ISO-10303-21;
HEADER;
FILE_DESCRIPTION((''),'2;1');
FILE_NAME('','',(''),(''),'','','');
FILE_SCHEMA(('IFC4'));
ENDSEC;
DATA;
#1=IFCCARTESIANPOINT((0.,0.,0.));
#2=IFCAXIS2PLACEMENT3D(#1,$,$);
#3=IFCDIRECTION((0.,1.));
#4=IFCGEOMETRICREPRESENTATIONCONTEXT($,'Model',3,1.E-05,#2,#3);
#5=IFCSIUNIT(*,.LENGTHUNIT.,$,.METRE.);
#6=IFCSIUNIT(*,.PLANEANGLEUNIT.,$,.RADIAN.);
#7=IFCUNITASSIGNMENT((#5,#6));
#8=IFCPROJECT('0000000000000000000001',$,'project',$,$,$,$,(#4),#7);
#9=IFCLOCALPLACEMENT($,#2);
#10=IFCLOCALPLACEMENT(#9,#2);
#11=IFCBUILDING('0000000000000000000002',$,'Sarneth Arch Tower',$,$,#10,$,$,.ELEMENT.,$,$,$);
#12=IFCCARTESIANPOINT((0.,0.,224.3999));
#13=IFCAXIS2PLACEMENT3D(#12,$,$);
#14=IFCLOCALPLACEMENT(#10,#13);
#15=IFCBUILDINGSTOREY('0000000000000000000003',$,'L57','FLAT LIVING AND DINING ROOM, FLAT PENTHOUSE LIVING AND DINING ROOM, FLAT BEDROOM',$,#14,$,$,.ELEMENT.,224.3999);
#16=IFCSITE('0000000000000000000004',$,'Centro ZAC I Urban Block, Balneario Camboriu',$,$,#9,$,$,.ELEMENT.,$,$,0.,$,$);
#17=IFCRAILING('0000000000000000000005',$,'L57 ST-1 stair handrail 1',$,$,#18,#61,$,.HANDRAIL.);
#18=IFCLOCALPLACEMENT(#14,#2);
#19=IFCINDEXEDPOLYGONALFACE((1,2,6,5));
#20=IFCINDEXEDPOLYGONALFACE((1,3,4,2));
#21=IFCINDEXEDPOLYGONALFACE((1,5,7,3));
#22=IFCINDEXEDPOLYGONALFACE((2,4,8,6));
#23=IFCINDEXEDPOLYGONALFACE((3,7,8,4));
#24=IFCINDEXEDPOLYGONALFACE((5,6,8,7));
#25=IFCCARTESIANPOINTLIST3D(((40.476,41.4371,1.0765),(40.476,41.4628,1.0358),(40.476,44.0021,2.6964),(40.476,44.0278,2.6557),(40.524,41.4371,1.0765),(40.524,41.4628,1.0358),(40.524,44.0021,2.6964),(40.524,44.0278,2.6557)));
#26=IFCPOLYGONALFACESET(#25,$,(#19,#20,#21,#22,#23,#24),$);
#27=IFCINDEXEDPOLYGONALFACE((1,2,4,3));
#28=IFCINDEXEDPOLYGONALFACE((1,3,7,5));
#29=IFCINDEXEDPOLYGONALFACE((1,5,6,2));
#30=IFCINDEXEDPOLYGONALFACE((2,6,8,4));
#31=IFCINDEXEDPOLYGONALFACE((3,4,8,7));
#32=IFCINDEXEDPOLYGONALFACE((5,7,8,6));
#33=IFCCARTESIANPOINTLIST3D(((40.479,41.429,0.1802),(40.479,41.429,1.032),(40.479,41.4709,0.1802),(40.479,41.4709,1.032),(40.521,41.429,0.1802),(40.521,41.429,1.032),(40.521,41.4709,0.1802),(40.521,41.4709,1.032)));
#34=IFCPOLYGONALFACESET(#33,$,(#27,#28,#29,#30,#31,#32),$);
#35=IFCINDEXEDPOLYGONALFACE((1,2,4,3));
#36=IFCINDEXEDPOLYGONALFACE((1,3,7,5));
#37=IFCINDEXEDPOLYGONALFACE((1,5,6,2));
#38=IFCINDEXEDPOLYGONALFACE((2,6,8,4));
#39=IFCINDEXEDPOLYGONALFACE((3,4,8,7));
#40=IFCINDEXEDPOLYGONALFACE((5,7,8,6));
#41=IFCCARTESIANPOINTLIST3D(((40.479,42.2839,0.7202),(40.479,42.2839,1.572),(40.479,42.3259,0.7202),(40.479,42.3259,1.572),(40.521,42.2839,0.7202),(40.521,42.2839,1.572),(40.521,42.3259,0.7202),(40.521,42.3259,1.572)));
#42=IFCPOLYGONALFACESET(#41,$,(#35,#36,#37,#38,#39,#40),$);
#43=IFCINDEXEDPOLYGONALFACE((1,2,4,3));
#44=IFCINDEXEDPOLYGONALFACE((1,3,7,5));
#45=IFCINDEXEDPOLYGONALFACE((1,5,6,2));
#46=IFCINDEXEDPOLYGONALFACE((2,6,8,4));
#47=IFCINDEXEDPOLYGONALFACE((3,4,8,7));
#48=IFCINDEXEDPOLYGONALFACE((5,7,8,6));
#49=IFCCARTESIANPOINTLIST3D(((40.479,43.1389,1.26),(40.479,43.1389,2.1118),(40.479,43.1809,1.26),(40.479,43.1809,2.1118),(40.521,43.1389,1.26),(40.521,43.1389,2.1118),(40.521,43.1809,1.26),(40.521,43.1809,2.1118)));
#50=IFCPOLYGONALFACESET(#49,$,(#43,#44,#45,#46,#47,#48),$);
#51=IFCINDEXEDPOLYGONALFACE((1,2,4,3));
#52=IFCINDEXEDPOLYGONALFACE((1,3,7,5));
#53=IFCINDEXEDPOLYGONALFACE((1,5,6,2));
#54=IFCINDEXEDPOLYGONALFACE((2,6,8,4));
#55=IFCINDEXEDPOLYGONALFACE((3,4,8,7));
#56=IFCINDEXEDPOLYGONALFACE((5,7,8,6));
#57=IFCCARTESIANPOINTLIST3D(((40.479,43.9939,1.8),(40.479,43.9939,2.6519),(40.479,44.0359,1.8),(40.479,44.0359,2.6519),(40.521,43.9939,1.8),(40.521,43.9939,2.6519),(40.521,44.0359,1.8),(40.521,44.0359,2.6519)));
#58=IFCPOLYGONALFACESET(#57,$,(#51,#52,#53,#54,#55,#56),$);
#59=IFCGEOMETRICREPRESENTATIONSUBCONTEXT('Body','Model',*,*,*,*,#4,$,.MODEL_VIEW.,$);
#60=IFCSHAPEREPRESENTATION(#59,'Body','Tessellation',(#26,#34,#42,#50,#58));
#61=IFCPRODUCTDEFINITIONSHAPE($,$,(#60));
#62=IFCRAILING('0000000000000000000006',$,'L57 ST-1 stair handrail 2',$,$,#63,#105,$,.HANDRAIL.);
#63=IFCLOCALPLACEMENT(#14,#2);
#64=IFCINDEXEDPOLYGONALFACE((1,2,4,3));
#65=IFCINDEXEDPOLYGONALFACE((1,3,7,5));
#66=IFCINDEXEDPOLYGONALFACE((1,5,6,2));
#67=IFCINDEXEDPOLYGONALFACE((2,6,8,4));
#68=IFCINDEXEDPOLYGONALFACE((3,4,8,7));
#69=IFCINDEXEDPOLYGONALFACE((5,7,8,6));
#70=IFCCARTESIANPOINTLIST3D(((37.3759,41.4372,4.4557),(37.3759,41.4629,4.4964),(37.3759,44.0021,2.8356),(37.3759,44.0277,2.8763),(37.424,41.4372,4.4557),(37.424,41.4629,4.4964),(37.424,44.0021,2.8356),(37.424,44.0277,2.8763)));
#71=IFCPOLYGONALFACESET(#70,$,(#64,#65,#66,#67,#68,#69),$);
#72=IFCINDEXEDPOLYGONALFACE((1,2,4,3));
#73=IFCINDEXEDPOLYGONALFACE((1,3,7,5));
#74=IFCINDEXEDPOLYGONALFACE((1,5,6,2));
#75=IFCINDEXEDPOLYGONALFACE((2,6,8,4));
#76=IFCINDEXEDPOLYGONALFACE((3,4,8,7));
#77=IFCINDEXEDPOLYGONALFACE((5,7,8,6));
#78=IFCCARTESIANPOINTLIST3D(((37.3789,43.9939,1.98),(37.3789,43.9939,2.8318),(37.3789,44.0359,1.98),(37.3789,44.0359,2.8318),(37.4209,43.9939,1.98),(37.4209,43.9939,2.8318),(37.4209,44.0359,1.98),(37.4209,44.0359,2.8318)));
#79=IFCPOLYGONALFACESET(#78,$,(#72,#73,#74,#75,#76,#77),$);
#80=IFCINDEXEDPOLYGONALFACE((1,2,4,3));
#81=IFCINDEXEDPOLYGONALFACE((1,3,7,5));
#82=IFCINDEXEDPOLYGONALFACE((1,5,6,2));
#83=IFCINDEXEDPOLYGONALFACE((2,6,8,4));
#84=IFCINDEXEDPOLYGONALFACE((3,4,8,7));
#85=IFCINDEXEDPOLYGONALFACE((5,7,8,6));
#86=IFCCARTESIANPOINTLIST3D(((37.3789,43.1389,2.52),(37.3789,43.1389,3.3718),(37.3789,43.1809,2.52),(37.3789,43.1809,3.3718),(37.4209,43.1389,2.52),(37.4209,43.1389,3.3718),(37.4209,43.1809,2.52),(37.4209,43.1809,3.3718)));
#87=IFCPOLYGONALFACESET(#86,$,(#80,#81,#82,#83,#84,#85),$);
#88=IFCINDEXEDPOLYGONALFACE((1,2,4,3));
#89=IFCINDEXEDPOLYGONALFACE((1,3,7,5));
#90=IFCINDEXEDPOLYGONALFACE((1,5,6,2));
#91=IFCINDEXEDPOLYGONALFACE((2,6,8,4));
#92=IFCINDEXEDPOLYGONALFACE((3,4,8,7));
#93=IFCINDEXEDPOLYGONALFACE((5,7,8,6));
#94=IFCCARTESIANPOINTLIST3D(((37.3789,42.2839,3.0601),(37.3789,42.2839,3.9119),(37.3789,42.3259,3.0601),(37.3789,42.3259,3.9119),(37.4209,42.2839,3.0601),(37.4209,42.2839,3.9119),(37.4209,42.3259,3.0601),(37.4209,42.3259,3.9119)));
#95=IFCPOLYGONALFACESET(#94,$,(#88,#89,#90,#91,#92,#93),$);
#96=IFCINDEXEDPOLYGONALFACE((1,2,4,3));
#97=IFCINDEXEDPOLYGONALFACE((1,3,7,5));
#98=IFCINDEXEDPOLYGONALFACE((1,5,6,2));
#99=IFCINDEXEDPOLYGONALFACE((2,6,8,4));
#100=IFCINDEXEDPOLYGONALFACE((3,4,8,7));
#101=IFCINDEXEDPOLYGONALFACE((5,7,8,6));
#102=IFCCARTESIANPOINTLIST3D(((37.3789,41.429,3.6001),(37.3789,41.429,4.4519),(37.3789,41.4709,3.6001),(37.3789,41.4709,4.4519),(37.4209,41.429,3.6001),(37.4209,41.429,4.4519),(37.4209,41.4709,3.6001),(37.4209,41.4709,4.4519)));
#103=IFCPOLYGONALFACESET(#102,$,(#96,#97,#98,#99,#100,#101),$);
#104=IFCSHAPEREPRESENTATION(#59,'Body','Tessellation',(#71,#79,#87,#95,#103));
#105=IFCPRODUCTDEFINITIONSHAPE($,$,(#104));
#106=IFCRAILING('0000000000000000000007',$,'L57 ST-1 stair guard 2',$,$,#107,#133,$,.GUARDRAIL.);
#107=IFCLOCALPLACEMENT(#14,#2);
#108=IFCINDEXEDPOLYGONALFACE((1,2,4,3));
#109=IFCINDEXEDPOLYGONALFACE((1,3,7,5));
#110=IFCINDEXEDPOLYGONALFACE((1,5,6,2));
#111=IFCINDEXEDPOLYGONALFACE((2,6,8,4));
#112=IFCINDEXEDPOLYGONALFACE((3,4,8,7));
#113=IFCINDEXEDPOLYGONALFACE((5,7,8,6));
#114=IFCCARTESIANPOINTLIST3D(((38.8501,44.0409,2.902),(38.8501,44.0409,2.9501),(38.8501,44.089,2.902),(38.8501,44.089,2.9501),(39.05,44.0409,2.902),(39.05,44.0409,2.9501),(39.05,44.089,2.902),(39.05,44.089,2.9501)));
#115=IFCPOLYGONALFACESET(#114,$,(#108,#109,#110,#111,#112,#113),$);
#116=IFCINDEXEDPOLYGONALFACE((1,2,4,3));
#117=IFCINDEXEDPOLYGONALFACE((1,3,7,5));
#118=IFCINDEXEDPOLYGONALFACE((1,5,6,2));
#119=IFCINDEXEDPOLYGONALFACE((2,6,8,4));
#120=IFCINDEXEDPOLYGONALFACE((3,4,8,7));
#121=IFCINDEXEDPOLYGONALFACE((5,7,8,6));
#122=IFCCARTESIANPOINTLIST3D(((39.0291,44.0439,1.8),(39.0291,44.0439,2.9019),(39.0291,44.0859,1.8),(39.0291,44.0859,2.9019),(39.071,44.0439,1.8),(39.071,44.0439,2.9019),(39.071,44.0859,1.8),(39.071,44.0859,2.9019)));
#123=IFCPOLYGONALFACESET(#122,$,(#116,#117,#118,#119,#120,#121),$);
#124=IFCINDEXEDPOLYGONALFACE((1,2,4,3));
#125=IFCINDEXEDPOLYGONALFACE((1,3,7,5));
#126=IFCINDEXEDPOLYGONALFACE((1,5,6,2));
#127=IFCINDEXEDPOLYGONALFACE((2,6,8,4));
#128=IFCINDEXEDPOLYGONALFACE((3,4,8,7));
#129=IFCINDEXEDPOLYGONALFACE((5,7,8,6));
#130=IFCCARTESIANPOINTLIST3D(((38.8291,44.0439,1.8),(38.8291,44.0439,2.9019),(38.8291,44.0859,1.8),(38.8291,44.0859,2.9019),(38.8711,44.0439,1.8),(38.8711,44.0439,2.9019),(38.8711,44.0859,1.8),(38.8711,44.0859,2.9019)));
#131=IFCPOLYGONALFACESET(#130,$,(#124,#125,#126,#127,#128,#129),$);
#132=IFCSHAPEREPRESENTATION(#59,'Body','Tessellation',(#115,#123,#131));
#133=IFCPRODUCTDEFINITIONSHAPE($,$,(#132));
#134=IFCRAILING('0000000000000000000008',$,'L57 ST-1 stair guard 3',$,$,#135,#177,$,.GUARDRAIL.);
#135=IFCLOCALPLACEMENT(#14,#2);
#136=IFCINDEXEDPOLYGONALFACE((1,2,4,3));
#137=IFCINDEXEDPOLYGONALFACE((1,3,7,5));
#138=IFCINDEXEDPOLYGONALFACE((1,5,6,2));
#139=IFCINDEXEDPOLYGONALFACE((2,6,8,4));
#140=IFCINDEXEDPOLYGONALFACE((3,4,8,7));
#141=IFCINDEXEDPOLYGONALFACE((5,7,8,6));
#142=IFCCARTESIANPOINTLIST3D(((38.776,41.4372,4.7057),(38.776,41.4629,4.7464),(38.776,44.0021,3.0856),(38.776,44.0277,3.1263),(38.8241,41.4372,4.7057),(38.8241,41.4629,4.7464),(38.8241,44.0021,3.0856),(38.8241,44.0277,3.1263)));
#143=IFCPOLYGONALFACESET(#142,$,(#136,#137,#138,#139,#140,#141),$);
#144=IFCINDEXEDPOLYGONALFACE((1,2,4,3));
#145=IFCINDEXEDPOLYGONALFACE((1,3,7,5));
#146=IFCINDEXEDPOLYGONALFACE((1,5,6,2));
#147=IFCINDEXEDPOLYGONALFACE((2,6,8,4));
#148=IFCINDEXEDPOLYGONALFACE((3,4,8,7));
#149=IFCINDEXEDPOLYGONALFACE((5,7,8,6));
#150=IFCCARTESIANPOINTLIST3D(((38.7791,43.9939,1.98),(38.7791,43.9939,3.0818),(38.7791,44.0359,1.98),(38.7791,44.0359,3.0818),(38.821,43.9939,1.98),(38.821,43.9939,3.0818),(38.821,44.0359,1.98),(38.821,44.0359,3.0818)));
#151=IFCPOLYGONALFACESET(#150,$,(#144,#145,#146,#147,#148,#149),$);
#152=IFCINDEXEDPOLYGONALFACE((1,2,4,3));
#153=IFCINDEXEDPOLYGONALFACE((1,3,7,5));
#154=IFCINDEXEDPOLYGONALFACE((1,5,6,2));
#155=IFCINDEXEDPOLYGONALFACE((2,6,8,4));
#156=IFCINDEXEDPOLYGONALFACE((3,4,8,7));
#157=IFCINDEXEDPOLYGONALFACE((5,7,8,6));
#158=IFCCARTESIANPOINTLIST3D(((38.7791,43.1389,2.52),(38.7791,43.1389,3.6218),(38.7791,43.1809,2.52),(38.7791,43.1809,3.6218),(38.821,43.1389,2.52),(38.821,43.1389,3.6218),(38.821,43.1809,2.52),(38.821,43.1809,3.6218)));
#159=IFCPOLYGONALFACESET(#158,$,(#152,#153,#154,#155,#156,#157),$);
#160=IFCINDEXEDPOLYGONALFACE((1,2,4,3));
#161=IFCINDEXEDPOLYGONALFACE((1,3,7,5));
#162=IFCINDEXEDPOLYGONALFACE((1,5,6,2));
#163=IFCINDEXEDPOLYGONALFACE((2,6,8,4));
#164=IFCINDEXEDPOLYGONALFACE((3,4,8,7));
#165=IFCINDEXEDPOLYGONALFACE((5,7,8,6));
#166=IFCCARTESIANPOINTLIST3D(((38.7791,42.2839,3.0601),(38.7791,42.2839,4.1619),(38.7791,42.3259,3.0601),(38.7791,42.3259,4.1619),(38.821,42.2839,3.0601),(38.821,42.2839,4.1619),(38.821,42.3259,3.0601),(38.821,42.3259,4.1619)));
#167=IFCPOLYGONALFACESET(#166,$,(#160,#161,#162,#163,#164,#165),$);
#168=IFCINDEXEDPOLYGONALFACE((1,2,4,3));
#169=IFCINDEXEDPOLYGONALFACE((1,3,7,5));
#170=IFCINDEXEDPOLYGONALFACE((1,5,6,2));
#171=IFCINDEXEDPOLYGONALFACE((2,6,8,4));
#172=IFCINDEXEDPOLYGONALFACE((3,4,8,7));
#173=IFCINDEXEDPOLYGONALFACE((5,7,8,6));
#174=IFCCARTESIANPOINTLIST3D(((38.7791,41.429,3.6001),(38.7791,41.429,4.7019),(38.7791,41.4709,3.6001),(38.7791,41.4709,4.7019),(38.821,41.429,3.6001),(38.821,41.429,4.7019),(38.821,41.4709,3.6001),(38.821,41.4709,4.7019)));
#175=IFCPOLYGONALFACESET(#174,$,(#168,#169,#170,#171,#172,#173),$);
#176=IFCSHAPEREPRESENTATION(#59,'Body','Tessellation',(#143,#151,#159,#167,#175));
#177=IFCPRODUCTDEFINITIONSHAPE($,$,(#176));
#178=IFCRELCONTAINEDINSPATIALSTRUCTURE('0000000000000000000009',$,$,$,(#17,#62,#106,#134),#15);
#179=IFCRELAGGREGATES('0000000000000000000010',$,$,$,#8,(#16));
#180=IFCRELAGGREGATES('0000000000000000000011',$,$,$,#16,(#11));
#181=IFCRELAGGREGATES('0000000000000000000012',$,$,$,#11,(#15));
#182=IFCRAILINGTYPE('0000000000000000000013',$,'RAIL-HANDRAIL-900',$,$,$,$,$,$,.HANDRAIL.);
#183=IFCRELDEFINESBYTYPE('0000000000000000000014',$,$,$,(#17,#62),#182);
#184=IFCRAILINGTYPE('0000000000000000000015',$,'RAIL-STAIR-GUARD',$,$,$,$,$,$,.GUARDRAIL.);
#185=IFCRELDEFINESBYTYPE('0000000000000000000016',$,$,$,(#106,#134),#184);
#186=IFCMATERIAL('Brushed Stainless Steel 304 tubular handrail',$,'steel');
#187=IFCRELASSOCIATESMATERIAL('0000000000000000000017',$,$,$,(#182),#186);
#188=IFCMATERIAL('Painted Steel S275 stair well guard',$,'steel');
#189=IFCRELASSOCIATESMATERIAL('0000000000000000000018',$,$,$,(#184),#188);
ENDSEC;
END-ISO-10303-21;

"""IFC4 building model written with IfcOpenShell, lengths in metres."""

from ifc_helpers import new_model, si_unit, direction, frame, origin, origin_2d, place, context, subcontext, project, spatial, rectangle, extrude, material, type_object, element, save


model = new_model("IFC4")

# Units and contexts
model_context = context("Model", 3, precision=1e-05, world=origin(), true_north=direction((0.0, 1.0)))
body_context = subcontext(model_context, "Body", "Model", "MODEL_VIEW")
ifc_project = project(units=[si_unit("LENGTHUNIT", "METRE"), si_unit("PLANEANGLEUNIT", "RADIAN")], contexts=[model_context])

# Site, building, storey
site_placement = place(None, origin())
site = spatial("IfcSite", under=ifc_project, at=site_placement, Name="Centro ZAC I Urban Block, Balneario Camboriu", CompositionType="ELEMENT", RefElevation=0.0)
building_placement = place(site_placement, origin())
building = spatial("IfcBuilding", under=site, at=building_placement, Name="Sarneth Arch Tower", CompositionType="ELEMENT")
storey_placement = place(building_placement, frame((0.0, 0.0, 224.3999)))
storey = spatial("IfcBuildingStorey", under=building, at=storey_placement, Name="L57", Description="FLAT LIVING AND DINING ROOM, FLAT PENTHOUSE LIVING AND DINING ROOM, FLAT BEDROOM", CompositionType="ELEMENT", Elevation=224.3999)

# Railings
ifc_material_1 = material(Name="Brushed Stainless Steel 304 tubular handrail", Category="steel")
railing_type_1 = type_object("IfcRailingType", Name="RAIL-HANDRAIL-900", PredefinedType="HANDRAIL", material=ifc_material_1)
railing_1_placement = place(storey_placement, frame((40.5, 41.45, 0.1802)))
element("IfcRailing", 1, at=railing_1_placement, inside=storey, type_object=railing_type_1, Name="L57 ST-1 stair handrail 1", PredefinedType="HANDRAIL", context=body_context, shape_type="SweptSolid", body=[
    extrude(rectangle(XDim=0.0481, YDim=0.0481, at=origin_2d()), frame((0.0, 0.0, 0.876), z_axis=(0.0, 0.845502, 0.533972), x_axis=(-1.0, 0.0, 0.0)), (0.0, 0.0, 1.0), 3.0337),
    extrude(rectangle(XDim=0.042, YDim=0.042, at=origin_2d()), origin(), (0.0, 0.0, 1.0), 0.8518),
    extrude(rectangle(XDim=0.042, YDim=0.042, at=origin_2d()), frame((0.0, 0.855, 0.54)), (0.0, 0.0, 1.0), 0.8518),
    extrude(rectangle(XDim=0.042, YDim=0.042, at=origin_2d()), frame((0.0, 1.71, 1.0798)), (0.0, 0.0, 1.0), 0.8518),
    extrude(rectangle(XDim=0.042, YDim=0.042, at=origin_2d()), frame((0.0, 2.5649, 1.6199)), (0.0, 0.0, 1.0), 0.8518),
])
railing_2_placement = place(storey_placement, frame((37.3999, 44.0149, 1.98)))
element("IfcRailing", 2, at=railing_2_placement, inside=storey, type_object=railing_type_1, Name="L57 ST-1 stair handrail 2", PredefinedType="HANDRAIL", context=body_context, shape_type="SweptSolid", body=[
    extrude(rectangle(XDim=0.0481, YDim=0.0481, at=origin_2d()), frame((0.0, 0.0, 0.876), z_axis=(0.0, -0.845466, 0.534029), x_axis=(1.0, 0.0, 0.0)), (0.0, 0.0, 1.0), 3.0337),
    extrude(rectangle(XDim=0.042, YDim=0.042, at=origin_2d()), origin(), (0.0, 0.0, 1.0), 0.8518),
    extrude(rectangle(XDim=0.042, YDim=0.042, at=origin_2d()), frame((0.0, -0.855, 0.54)), (0.0, 0.0, 1.0), 0.8518),
    extrude(rectangle(XDim=0.042, YDim=0.042, at=origin_2d()), frame((0.0, -1.71, 1.0801)), (0.0, 0.0, 1.0), 0.8518),
    extrude(rectangle(XDim=0.042, YDim=0.042, at=origin_2d()), frame((0.0, -2.5649, 1.6201)), (0.0, 0.0, 1.0), 0.8518),
])
ifc_material_2 = material(Name="Painted Steel S275 stair well guard", Category="steel")
railing_type_2 = type_object("IfcRailingType", Name="RAIL-STAIR-GUARD", PredefinedType="GUARDRAIL", material=ifc_material_2)
railing_3_placement = place(storey_placement, frame((39.05, 44.0649, 1.8)))
element("IfcRailing", 3, at=railing_3_placement, inside=storey, type_object=railing_type_2, Name="L57 ST-1 stair guard 2", PredefinedType="GUARDRAIL", context=body_context, shape_type="SweptSolid", body=[
    extrude(rectangle(XDim=0.0481, YDim=0.0481, at=origin_2d()), frame((0.0, 0.0, 1.126), z_axis=(-1.0, 0.0, 0.0), x_axis=(0.0, -1.0, 0.0)), (0.0, 0.0, 1.0), 0.2),
    extrude(rectangle(XDim=0.042, YDim=0.042, at=origin_2d()), origin(), (0.0, 0.0, 1.0), 1.1018),
    extrude(rectangle(XDim=0.042, YDim=0.042, at=origin_2d()), frame((-0.2, 0.0, 0.0)), (0.0, 0.0, 1.0), 1.1018),
])
railing_4_placement = place(storey_placement, frame((38.8, 44.0149, 1.98)))
element("IfcRailing", 4, at=railing_4_placement, inside=storey, type_object=railing_type_2, Name="L57 ST-1 stair guard 3", PredefinedType="GUARDRAIL", context=body_context, shape_type="SweptSolid", body=[
    extrude(rectangle(XDim=0.0481, YDim=0.0481, at=origin_2d()), frame((0.0, 0.0, 1.126), z_axis=(0.0, -0.845466, 0.534029), x_axis=(1.0, 0.0, 0.0)), (0.0, 0.0, 1.0), 3.0337),
    extrude(rectangle(XDim=0.042, YDim=0.042, at=origin_2d()), origin(), (0.0, 0.0, 1.0), 1.1018),
    extrude(rectangle(XDim=0.042, YDim=0.042, at=origin_2d()), frame((0.0, -0.855, 0.54)), (0.0, 0.0, 1.0), 1.1018),
    extrude(rectangle(XDim=0.042, YDim=0.042, at=origin_2d()), frame((0.0, -1.71, 1.0801)), (0.0, 0.0, 1.0), 1.1018),
    extrude(rectangle(XDim=0.042, YDim=0.042, at=origin_2d()), frame((0.0, -2.5649, 1.6201)), (0.0, 0.0, 1.0), 1.1018),
])

save(model, "model.ifc")
